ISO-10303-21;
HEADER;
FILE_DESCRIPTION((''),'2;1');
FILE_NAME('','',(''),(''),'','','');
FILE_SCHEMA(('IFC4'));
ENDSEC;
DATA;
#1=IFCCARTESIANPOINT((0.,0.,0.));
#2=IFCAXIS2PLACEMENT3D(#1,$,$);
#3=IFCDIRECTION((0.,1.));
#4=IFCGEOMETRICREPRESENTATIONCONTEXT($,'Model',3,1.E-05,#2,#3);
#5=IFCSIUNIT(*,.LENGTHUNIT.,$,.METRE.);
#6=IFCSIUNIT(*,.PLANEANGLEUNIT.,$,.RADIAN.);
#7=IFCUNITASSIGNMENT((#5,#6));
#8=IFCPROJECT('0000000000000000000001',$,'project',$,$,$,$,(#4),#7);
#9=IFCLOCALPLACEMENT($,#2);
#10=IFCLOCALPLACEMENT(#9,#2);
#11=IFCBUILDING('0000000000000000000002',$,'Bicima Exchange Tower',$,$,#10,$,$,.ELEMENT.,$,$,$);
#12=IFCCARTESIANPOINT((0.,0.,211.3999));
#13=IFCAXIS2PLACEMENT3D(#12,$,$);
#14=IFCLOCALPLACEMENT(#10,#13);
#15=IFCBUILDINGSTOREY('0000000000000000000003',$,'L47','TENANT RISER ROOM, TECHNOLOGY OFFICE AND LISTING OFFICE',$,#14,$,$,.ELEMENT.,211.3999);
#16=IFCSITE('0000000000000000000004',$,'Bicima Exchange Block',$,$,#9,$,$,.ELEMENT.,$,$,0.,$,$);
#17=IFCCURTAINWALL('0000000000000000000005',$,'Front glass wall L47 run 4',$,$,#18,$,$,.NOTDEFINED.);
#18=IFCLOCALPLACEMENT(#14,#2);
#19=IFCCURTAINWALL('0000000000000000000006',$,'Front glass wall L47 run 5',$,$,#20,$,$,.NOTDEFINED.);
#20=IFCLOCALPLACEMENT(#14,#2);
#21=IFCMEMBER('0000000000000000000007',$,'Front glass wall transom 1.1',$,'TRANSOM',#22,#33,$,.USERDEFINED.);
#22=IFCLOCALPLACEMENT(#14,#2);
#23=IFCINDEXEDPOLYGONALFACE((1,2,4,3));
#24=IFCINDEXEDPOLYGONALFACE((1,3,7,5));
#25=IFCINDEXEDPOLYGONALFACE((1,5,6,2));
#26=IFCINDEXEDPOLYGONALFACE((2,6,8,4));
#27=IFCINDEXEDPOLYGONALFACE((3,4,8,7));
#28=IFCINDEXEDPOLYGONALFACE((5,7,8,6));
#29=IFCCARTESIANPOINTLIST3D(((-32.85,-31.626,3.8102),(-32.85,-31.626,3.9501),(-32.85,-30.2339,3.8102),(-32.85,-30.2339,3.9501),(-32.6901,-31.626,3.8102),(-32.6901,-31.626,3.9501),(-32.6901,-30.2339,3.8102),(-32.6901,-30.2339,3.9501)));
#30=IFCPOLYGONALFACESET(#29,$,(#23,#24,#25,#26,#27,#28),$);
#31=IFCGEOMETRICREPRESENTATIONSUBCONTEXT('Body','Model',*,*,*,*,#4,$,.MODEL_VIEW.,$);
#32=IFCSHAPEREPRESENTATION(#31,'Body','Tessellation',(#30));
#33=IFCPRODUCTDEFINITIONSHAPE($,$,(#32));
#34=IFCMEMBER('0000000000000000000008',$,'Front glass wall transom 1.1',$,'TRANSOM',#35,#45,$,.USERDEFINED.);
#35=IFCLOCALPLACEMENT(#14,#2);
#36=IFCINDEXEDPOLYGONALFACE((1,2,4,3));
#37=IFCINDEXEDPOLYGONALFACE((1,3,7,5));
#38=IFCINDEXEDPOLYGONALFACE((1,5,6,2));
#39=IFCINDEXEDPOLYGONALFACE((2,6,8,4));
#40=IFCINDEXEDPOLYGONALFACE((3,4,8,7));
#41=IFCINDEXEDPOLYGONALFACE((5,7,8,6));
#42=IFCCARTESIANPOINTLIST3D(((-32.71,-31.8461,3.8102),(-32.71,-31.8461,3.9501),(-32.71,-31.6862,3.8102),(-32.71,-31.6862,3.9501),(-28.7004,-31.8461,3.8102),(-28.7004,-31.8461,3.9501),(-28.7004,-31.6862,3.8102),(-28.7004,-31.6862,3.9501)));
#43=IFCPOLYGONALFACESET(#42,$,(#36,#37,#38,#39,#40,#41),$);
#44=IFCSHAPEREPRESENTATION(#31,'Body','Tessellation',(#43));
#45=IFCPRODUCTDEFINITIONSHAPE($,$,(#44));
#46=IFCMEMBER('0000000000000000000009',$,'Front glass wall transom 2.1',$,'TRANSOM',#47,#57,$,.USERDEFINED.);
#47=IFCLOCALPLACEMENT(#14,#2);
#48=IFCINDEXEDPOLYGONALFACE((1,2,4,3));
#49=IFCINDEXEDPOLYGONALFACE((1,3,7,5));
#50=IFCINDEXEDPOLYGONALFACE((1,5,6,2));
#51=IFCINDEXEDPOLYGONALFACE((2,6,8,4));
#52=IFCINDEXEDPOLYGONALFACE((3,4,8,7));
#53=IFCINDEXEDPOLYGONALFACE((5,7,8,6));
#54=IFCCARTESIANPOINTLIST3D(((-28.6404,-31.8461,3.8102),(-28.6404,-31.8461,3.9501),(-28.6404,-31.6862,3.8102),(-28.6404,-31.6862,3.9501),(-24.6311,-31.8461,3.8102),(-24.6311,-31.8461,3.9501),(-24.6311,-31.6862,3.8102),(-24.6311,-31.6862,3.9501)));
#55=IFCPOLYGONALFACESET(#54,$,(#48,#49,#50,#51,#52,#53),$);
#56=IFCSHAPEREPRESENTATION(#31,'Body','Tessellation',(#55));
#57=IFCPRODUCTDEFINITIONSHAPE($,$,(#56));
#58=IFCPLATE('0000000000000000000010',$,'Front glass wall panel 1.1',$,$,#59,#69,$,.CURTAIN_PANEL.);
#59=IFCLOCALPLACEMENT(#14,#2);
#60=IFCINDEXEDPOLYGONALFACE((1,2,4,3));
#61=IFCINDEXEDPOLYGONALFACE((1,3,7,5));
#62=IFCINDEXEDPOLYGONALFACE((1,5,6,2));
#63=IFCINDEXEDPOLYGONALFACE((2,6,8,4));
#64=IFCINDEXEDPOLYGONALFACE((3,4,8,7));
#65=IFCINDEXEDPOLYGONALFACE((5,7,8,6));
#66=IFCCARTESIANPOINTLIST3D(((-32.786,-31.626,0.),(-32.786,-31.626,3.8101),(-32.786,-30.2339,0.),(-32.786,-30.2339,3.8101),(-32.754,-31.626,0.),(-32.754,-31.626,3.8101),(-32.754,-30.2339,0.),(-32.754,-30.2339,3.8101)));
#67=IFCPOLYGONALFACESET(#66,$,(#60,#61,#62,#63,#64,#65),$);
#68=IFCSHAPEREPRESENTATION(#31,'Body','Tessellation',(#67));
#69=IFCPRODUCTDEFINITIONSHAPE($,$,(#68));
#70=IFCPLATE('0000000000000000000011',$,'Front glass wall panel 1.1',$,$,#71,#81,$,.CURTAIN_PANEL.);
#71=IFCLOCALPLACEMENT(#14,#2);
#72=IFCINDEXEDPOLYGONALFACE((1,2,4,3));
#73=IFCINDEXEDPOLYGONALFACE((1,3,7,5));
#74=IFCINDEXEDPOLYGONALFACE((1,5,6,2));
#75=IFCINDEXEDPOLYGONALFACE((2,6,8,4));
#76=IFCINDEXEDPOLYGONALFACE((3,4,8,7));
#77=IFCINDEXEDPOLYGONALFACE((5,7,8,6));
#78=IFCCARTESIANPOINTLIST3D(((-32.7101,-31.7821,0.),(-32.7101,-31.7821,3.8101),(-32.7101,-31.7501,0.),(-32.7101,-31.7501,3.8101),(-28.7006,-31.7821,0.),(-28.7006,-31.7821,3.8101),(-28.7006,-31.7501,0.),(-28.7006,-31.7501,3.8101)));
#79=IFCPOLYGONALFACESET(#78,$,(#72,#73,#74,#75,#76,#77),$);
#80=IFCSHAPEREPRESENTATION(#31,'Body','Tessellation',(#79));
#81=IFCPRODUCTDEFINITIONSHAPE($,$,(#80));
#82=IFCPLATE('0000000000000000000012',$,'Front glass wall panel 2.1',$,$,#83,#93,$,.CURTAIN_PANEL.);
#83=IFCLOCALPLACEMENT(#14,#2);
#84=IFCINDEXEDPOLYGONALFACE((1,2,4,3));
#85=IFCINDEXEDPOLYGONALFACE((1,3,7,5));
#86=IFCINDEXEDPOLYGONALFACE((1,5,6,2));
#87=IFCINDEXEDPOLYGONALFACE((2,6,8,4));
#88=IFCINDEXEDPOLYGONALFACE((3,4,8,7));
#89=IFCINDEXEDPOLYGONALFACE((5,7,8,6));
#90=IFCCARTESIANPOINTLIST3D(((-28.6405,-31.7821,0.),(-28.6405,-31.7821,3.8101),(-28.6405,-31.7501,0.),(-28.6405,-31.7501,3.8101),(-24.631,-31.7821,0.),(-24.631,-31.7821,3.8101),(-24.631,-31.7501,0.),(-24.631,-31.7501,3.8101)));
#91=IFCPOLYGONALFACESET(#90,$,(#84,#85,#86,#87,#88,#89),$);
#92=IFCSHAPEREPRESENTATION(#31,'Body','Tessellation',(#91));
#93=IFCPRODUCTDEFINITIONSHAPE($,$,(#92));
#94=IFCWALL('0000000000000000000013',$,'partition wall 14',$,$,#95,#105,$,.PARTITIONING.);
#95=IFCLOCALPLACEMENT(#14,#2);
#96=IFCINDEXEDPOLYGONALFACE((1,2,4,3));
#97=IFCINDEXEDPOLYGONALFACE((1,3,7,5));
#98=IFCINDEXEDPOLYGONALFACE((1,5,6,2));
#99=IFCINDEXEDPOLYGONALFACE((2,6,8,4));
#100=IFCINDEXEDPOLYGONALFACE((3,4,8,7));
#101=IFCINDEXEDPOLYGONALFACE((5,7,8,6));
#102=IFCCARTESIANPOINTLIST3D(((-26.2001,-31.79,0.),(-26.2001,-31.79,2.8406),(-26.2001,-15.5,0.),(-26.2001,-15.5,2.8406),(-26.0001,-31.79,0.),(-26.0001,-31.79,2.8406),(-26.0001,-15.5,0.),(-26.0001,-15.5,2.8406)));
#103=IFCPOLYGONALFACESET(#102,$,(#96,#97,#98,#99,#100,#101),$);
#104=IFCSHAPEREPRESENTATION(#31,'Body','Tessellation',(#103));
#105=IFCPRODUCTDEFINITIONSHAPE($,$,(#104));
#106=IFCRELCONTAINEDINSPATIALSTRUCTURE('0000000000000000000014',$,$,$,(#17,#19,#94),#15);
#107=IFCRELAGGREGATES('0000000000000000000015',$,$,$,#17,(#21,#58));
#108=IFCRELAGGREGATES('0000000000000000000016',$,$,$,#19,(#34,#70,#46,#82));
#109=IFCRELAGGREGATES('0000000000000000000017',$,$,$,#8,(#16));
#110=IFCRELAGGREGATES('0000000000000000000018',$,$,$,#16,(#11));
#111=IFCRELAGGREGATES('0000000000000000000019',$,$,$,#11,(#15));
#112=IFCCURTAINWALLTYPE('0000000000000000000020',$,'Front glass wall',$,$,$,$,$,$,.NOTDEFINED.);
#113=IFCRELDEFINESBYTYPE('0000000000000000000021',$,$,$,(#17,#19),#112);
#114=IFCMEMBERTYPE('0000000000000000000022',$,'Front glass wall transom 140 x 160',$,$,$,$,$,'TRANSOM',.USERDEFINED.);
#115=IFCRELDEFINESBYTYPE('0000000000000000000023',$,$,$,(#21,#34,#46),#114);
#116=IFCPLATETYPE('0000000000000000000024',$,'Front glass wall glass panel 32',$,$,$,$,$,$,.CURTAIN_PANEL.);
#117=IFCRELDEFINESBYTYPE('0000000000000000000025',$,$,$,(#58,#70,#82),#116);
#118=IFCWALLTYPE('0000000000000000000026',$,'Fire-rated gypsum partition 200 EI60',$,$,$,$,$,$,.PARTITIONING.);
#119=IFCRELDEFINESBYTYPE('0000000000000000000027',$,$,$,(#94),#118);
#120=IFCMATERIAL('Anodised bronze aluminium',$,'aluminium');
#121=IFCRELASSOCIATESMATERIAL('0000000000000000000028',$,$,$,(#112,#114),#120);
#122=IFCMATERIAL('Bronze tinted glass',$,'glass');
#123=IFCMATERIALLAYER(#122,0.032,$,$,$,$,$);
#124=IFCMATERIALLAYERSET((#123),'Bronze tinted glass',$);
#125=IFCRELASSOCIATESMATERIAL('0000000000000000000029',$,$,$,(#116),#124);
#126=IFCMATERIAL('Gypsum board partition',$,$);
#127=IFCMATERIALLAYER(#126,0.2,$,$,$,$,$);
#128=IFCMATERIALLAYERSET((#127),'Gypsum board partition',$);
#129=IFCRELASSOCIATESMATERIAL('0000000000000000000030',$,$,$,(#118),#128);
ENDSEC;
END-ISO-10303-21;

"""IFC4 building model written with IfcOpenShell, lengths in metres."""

from ifc_helpers import new_model, si_unit, direction, frame, frame_2d, origin, origin_2d, place, context, subcontext, project, spatial, rectangle, extrude, material, layer, layer_set, material_profile, profile_set, type_object, element, aggregate, save


model = new_model("IFC4")

# Units and contexts
model_context = context("Model", 3, precision=1e-05, world=origin(), true_north=direction((0.0, 1.0)))
body_context = subcontext(model_context, "Body", "Model", "MODEL_VIEW")
ifc_project = project(units=[si_unit("LENGTHUNIT", "METRE"), si_unit("PLANEANGLEUNIT", "RADIAN")], contexts=[model_context])

# Site, building, storey
site_placement = place(None, origin())
site = spatial("IfcSite", under=ifc_project, at=site_placement, Name="Bicima Exchange Block", CompositionType="ELEMENT", RefElevation=0.0)
building_placement = place(site_placement, origin())
building = spatial("IfcBuilding", under=site, at=building_placement, Name="Bicima Exchange Tower", CompositionType="ELEMENT")
storey_placement = place(building_placement, frame((0.0, 0.0, 211.3999)))
storey = spatial("IfcBuildingStorey", under=building, at=storey_placement, Name="L47", Description="TENANT RISER ROOM, TECHNOLOGY OFFICE AND LISTING OFFICE", CompositionType="ELEMENT", Elevation=211.3999)

# Shared definitions
ifc_material_1 = material(Name="Anodised bronze aluminium", Category="aluminium")
curtain_wall_type = type_object("IfcCurtainWallType", Name="Front glass wall", PredefinedType="NOTDEFINED", material=ifc_material_1)

# Curtain walls
curtain_wall_1_placement = place(storey_placement, origin())
curtain_wall_1 = element("IfcCurtainWall", 1, at=curtain_wall_1_placement, inside=storey, type_object=curtain_wall_type, Name="Front glass wall L47 run 4", PredefinedType="NOTDEFINED")
curtain_wall_2_placement = place(storey_placement, origin())
curtain_wall_2 = element("IfcCurtainWall", 2, at=curtain_wall_2_placement, inside=storey, type_object=curtain_wall_type, Name="Front glass wall L47 run 5", PredefinedType="NOTDEFINED")

# Members
ifc_material_profile_1 = material_profile(ifc_material_1, rectangle(XDim=0.1599, YDim=0.1399, at=origin_2d()))
ifc_profile_set_1 = profile_set([ifc_material_profile_1], Name="Anodised bronze aluminium")
member_type_1 = type_object("IfcMemberType", Name="Front glass wall transom 140 x 160", ElementType="TRANSOM", PredefinedType="USERDEFINED", material=ifc_profile_set_1)
member_1_placement = place(storey_placement, frame((-32.77, -30.2339, 3.8801), z_axis=(0.0, -1.0, 0.0), x_axis=(1.0, 0.0, 0.0)))
member_1 = element("IfcMember", 3, at=member_1_placement, type_object=member_type_1, Name="Front glass wall transom 1.1", ObjectType="TRANSOM", PredefinedType="USERDEFINED", context=body_context, shape_type="SweptSolid", body=[
    extrude(rectangle(XDim=0.1599, YDim=0.1399, at=origin_2d()), origin(), (0.0, 0.0, 1.0), 1.3921),
])
member_2_placement = place(storey_placement, frame((-32.71, -31.7661, 3.8801), z_axis=(1.0, 0.0, 0.0), x_axis=(0.0, 1.0, 0.0)))
member_2 = element("IfcMember", 4, at=member_2_placement, type_object=member_type_1, Name="Front glass wall transom 1.1", ObjectType="TRANSOM", PredefinedType="USERDEFINED", context=body_context, shape_type="SweptSolid", body=[
    extrude(rectangle(XDim=0.1599, YDim=0.1399, at=origin_2d()), origin(), (0.0, 0.0, 1.0), 4.0095),
])
member_3_placement = place(storey_placement, frame((-28.6404, -31.7661, 3.8801), z_axis=(1.0, 0.0, 0.0), x_axis=(0.0, 1.0, 0.0)))
member_3 = element("IfcMember", 5, at=member_3_placement, type_object=member_type_1, Name="Front glass wall transom 2.1", ObjectType="TRANSOM", PredefinedType="USERDEFINED", context=body_context, shape_type="SweptSolid", body=[
    extrude(rectangle(XDim=0.1599, YDim=0.1399, at=origin_2d()), origin(), (0.0, 0.0, 1.0), 4.0093),
])

# Plates
ifc_material_2 = material(Name="Bronze tinted glass", Category="glass")
ifc_layer_1 = layer(ifc_material_2, 0.032)
ifc_layer_set_1 = layer_set([ifc_layer_1], Name="Bronze tinted glass")
plate_type = type_object("IfcPlateType", Name="Front glass wall glass panel 32", PredefinedType="CURTAIN_PANEL", material=ifc_layer_set_1)
plate_1_placement = place(storey_placement, frame((-32.77, -30.9299, 0.0), z_axis=(0.0, 0.0, 1.0), x_axis=(0.0, -1.0, 0.0)))
plate_1 = element("IfcPlate", 6, at=plate_1_placement, type_object=plate_type, Name="Front glass wall panel 1.1", PredefinedType="CURTAIN_PANEL", context=body_context, shape_type="SweptSolid", body=[
    extrude(rectangle(XDim=1.3921, YDim=0.032, at=origin_2d()), origin(), (0.0, 0.0, 1.0), 3.8101),
])
aggregate(curtain_wall_1, [member_1, plate_1])
plate_2_placement = place(storey_placement, frame((-30.7053, -31.7661, 0.0), z_axis=(0.0, 0.0, 1.0), x_axis=(1.0, 0.0, 0.0)))
plate_2 = element("IfcPlate", 7, at=plate_2_placement, type_object=plate_type, Name="Front glass wall panel 1.1", PredefinedType="CURTAIN_PANEL", context=body_context, shape_type="SweptSolid", body=[
    extrude(rectangle(XDim=4.0095, YDim=0.032, at=origin_2d()), origin(), (0.0, 0.0, 1.0), 3.8101),
])
plate_3_placement = place(storey_placement, frame((-26.6357, -31.7661, 0.0), z_axis=(0.0, 0.0, 1.0), x_axis=(1.0, 0.0, 0.0)))
plate_3 = element("IfcPlate", 8, at=plate_3_placement, type_object=plate_type, Name="Front glass wall panel 2.1", PredefinedType="CURTAIN_PANEL", context=body_context, shape_type="SweptSolid", body=[
    extrude(rectangle(XDim=4.0095, YDim=0.032, at=origin_2d()), origin(), (0.0, 0.0, 1.0), 3.8101),
])
aggregate(curtain_wall_2, [member_2, plate_2, member_3, plate_3])

# Wall
ifc_material_3 = material(Name="Gypsum board partition")
ifc_layer_2 = layer(ifc_material_3, 0.2)
ifc_layer_set_2 = layer_set([ifc_layer_2], Name="Gypsum board partition")
wall_type = type_object("IfcWallType", Name="Fire-rated gypsum partition 200 EI60", PredefinedType="PARTITIONING", material=ifc_layer_set_2)
wall_placement = place(storey_placement, frame((-26.1001, -31.79, 0.0), z_axis=(0.0, 0.0, 1.0), x_axis=(0.0, 1.0, 0.0)))
element("IfcWall", 9, at=wall_placement, inside=storey, type_object=wall_type, Name="partition wall 14", PredefinedType="PARTITIONING", context=body_context, shape_type="SweptSolid", body=[
    extrude(rectangle(XDim=16.29, YDim=0.2, at=frame_2d((8.145, 0.0))), origin(), (0.0, 0.0, 1.0), 2.8406),
])

save(model, "model.ifc")
